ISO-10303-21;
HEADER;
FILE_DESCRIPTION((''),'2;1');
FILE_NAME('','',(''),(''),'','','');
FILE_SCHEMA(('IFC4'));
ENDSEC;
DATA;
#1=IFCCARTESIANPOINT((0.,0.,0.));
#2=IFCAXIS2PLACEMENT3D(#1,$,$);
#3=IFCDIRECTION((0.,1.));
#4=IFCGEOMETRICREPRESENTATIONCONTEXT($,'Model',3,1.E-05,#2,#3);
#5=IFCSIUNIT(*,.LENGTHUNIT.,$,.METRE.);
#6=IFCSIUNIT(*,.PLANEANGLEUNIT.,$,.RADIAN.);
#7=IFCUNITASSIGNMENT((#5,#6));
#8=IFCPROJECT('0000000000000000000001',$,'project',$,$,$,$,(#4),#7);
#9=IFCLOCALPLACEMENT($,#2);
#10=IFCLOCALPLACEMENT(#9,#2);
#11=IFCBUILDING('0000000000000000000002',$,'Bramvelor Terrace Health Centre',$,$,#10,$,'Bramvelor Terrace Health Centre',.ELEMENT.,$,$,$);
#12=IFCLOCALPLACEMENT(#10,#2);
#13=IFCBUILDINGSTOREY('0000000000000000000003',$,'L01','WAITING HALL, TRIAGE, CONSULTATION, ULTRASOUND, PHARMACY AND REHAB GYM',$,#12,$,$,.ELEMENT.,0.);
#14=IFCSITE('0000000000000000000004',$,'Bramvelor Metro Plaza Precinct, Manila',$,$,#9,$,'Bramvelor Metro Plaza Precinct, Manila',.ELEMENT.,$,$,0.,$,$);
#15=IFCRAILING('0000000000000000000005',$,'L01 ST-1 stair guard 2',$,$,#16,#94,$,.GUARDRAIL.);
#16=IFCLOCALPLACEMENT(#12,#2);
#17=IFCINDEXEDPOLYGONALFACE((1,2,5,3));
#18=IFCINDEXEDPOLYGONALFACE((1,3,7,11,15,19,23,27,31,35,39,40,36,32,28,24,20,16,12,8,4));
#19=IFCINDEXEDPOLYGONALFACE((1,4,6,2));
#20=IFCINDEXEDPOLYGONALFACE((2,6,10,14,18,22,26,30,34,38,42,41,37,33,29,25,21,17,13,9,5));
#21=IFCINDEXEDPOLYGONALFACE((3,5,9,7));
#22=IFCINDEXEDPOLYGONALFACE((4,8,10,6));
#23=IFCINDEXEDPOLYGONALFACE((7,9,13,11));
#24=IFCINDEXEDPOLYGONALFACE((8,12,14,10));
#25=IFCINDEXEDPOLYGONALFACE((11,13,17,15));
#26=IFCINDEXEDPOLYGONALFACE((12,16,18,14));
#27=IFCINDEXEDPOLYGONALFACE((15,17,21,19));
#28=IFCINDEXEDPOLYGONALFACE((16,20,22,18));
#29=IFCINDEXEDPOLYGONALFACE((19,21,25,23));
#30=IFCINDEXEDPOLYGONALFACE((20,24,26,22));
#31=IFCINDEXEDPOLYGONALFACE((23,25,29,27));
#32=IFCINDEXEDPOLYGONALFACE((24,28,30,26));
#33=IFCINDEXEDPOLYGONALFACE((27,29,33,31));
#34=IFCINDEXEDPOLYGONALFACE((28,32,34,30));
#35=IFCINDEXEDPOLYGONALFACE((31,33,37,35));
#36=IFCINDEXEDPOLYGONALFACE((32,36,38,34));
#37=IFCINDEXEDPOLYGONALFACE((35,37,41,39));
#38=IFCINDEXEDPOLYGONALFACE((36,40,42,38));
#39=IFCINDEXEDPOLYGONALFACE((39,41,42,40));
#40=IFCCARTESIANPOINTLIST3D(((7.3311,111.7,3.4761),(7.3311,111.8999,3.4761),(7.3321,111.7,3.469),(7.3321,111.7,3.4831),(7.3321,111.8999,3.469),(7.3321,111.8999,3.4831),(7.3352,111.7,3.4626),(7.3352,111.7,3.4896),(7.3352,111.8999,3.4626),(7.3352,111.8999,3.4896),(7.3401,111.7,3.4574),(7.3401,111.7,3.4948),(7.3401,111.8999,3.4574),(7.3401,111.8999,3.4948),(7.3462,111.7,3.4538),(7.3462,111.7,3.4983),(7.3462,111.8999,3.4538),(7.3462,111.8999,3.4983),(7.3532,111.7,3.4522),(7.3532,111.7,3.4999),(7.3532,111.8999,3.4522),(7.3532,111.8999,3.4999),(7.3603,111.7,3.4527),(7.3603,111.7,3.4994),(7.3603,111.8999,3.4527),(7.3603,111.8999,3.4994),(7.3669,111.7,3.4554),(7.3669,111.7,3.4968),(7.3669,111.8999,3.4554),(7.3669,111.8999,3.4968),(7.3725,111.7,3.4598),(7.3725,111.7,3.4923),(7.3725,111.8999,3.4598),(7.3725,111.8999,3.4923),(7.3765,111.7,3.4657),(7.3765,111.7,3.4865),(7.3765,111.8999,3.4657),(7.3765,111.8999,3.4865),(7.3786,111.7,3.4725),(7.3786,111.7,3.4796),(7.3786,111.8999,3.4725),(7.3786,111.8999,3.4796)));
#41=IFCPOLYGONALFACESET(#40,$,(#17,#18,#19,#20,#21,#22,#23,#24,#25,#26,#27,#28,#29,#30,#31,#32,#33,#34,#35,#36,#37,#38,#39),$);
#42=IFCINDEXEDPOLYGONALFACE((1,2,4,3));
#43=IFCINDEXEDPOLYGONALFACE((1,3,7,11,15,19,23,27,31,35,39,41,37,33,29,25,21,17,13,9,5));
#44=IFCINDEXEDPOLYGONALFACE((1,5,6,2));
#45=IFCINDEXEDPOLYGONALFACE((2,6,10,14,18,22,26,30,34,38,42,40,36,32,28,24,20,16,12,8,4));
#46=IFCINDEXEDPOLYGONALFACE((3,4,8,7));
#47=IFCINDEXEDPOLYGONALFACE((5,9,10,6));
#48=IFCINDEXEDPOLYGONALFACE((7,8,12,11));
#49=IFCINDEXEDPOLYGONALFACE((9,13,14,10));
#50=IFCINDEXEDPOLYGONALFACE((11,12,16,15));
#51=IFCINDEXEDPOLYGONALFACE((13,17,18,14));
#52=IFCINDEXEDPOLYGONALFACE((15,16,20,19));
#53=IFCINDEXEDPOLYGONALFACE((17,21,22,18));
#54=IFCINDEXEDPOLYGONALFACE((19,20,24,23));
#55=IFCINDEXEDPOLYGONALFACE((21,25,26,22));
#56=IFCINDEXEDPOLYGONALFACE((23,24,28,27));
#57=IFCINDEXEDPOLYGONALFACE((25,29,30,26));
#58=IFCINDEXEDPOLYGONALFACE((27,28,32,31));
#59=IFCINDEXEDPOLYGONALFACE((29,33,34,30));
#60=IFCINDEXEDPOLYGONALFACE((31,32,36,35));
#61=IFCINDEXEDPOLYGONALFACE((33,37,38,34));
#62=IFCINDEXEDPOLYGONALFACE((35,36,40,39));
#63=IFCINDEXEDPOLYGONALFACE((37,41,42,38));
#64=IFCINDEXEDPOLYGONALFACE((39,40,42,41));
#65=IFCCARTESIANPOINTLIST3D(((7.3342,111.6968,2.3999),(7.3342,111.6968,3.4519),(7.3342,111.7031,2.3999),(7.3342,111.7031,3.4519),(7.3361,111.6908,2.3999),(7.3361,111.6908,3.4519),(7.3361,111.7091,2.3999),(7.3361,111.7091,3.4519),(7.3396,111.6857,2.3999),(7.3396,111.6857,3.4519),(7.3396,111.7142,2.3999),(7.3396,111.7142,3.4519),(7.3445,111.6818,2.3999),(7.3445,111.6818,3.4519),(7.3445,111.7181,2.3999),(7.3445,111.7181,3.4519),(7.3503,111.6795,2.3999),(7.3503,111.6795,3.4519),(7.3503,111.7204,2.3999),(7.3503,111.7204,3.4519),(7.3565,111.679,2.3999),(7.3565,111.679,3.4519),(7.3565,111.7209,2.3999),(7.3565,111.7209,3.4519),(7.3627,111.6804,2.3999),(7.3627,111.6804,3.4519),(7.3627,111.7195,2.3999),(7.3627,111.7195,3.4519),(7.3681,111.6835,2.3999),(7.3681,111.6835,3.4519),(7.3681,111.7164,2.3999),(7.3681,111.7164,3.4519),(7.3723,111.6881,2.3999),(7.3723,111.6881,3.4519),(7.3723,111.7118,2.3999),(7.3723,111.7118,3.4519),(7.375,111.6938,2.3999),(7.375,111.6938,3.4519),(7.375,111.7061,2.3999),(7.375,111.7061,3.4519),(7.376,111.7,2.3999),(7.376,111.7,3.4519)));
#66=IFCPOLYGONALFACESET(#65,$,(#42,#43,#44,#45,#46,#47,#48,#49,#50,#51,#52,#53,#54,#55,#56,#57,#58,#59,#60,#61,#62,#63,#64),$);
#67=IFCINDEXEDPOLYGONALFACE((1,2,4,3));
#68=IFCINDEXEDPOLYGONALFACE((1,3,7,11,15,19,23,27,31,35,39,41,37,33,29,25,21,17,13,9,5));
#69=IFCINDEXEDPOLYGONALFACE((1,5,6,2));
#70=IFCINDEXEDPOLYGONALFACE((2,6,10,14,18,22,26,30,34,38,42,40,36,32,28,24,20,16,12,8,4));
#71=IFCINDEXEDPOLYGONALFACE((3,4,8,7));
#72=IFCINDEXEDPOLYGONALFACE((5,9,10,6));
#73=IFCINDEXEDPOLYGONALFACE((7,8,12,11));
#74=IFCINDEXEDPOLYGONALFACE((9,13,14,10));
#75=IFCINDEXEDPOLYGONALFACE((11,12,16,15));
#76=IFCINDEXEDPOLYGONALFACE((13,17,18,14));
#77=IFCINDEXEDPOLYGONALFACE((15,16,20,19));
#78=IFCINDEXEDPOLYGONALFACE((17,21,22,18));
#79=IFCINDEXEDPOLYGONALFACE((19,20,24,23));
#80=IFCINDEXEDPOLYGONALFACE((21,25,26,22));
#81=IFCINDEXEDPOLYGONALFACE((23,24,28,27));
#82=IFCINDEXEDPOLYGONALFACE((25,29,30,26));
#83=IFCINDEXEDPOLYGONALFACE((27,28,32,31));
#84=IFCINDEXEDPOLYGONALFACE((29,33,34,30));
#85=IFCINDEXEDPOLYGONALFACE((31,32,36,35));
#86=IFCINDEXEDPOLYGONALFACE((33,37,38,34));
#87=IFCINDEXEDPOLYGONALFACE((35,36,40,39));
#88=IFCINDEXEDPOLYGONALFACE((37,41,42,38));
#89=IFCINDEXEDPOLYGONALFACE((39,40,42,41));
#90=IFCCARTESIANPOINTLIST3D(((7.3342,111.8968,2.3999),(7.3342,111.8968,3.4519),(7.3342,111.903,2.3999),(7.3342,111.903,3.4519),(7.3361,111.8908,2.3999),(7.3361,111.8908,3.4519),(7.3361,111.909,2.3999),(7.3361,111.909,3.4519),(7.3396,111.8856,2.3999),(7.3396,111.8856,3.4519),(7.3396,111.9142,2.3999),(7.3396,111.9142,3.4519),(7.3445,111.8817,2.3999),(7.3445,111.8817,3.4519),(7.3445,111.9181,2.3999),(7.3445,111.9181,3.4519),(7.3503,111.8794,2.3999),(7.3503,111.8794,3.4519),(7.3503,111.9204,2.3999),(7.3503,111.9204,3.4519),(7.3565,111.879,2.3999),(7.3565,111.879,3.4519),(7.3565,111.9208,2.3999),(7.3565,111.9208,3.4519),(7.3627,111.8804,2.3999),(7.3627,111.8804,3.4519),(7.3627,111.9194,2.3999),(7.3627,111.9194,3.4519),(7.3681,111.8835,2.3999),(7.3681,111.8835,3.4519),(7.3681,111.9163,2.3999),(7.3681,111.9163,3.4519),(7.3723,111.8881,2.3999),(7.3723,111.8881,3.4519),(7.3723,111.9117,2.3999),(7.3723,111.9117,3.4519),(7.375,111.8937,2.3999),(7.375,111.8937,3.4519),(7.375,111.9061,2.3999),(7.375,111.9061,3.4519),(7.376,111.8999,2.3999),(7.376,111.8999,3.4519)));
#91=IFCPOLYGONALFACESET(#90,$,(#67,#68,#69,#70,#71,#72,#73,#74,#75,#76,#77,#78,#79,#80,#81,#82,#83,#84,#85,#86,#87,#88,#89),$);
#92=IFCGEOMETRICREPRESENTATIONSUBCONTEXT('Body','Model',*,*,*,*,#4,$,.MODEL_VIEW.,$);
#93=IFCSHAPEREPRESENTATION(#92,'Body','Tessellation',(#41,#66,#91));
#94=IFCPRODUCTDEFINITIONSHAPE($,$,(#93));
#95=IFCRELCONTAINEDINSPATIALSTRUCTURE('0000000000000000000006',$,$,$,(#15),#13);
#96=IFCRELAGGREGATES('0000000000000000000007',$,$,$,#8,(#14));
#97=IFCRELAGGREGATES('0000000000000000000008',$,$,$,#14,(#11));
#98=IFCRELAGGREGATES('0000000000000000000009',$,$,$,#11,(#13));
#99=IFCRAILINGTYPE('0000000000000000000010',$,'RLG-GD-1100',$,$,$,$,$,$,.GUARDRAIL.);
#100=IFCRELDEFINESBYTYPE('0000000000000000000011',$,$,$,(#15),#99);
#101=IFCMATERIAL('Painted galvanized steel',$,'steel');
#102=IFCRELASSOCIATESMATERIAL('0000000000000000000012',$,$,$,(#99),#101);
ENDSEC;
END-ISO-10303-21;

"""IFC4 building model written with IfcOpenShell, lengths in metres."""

from ifc_helpers import new_model, si_unit, direction, frame, origin, origin_2d, place, context, subcontext, project, spatial, circle, extrude, material, type_object, element, save


model = new_model("IFC4")

# Units and contexts
model_context = context("Model", 3, precision=1e-05, world=origin(), true_north=direction((0.0, 1.0)))
body_context = subcontext(model_context, "Body", "Model", "MODEL_VIEW")
ifc_project = project(units=[si_unit("LENGTHUNIT", "METRE"), si_unit("PLANEANGLEUNIT", "RADIAN")], contexts=[model_context])

# Site, building, storey
site_placement = place(None, origin())
site = spatial("IfcSite", under=ifc_project, at=site_placement, Name="Bramvelor Metro Plaza Precinct, Manila", LongName="Bramvelor Metro Plaza Precinct, Manila", CompositionType="ELEMENT", RefElevation=0.0)
building_placement = place(site_placement, origin())
building = spatial("IfcBuilding", under=site, at=building_placement, Name="Bramvelor Terrace Health Centre", LongName="Bramvelor Terrace Health Centre", CompositionType="ELEMENT")
storey_placement = place(building_placement, origin())
storey = spatial("IfcBuildingStorey", under=building, at=storey_placement, Name="L01", Description="WAITING HALL, TRIAGE, CONSULTATION, ULTRASOUND, PHARMACY AND REHAB GYM", CompositionType="ELEMENT", Elevation=0.0)

# Railing
ifc_material_1 = material(Name="Painted galvanized steel", Category="steel")
railing_type_1 = type_object("IfcRailingType", Name="RLG-GD-1100", PredefinedType="GUARDRAIL", material=ifc_material_1)
railing_1_placement = place(storey_placement, frame((7.355, 111.7, 2.3999)))
element("IfcRailing", 1, at=railing_1_placement, inside=storey, type_object=railing_type_1, Name="L01 ST-1 stair guard 2", PredefinedType="GUARDRAIL", context=body_context, shape_type="SweptSolid", body=[
    extrude(circle(Radius=0.0239, at=origin_2d()), frame((0.0, 0.0, 1.0762), z_axis=(0.0, 1.0, 0.0), x_axis=(-1.0, 0.0, 0.0)), (0.0, 0.0, 1.0), 0.2),
    extrude(circle(Radius=0.021, at=origin_2d()), origin(), (0.0, 0.0, 1.0), 1.052),
    extrude(circle(Radius=0.021, at=origin_2d()), frame((0.0, 0.2, 0.0)), (0.0, 0.0, 1.0), 1.052),
])

save(model, "model.ifc")
